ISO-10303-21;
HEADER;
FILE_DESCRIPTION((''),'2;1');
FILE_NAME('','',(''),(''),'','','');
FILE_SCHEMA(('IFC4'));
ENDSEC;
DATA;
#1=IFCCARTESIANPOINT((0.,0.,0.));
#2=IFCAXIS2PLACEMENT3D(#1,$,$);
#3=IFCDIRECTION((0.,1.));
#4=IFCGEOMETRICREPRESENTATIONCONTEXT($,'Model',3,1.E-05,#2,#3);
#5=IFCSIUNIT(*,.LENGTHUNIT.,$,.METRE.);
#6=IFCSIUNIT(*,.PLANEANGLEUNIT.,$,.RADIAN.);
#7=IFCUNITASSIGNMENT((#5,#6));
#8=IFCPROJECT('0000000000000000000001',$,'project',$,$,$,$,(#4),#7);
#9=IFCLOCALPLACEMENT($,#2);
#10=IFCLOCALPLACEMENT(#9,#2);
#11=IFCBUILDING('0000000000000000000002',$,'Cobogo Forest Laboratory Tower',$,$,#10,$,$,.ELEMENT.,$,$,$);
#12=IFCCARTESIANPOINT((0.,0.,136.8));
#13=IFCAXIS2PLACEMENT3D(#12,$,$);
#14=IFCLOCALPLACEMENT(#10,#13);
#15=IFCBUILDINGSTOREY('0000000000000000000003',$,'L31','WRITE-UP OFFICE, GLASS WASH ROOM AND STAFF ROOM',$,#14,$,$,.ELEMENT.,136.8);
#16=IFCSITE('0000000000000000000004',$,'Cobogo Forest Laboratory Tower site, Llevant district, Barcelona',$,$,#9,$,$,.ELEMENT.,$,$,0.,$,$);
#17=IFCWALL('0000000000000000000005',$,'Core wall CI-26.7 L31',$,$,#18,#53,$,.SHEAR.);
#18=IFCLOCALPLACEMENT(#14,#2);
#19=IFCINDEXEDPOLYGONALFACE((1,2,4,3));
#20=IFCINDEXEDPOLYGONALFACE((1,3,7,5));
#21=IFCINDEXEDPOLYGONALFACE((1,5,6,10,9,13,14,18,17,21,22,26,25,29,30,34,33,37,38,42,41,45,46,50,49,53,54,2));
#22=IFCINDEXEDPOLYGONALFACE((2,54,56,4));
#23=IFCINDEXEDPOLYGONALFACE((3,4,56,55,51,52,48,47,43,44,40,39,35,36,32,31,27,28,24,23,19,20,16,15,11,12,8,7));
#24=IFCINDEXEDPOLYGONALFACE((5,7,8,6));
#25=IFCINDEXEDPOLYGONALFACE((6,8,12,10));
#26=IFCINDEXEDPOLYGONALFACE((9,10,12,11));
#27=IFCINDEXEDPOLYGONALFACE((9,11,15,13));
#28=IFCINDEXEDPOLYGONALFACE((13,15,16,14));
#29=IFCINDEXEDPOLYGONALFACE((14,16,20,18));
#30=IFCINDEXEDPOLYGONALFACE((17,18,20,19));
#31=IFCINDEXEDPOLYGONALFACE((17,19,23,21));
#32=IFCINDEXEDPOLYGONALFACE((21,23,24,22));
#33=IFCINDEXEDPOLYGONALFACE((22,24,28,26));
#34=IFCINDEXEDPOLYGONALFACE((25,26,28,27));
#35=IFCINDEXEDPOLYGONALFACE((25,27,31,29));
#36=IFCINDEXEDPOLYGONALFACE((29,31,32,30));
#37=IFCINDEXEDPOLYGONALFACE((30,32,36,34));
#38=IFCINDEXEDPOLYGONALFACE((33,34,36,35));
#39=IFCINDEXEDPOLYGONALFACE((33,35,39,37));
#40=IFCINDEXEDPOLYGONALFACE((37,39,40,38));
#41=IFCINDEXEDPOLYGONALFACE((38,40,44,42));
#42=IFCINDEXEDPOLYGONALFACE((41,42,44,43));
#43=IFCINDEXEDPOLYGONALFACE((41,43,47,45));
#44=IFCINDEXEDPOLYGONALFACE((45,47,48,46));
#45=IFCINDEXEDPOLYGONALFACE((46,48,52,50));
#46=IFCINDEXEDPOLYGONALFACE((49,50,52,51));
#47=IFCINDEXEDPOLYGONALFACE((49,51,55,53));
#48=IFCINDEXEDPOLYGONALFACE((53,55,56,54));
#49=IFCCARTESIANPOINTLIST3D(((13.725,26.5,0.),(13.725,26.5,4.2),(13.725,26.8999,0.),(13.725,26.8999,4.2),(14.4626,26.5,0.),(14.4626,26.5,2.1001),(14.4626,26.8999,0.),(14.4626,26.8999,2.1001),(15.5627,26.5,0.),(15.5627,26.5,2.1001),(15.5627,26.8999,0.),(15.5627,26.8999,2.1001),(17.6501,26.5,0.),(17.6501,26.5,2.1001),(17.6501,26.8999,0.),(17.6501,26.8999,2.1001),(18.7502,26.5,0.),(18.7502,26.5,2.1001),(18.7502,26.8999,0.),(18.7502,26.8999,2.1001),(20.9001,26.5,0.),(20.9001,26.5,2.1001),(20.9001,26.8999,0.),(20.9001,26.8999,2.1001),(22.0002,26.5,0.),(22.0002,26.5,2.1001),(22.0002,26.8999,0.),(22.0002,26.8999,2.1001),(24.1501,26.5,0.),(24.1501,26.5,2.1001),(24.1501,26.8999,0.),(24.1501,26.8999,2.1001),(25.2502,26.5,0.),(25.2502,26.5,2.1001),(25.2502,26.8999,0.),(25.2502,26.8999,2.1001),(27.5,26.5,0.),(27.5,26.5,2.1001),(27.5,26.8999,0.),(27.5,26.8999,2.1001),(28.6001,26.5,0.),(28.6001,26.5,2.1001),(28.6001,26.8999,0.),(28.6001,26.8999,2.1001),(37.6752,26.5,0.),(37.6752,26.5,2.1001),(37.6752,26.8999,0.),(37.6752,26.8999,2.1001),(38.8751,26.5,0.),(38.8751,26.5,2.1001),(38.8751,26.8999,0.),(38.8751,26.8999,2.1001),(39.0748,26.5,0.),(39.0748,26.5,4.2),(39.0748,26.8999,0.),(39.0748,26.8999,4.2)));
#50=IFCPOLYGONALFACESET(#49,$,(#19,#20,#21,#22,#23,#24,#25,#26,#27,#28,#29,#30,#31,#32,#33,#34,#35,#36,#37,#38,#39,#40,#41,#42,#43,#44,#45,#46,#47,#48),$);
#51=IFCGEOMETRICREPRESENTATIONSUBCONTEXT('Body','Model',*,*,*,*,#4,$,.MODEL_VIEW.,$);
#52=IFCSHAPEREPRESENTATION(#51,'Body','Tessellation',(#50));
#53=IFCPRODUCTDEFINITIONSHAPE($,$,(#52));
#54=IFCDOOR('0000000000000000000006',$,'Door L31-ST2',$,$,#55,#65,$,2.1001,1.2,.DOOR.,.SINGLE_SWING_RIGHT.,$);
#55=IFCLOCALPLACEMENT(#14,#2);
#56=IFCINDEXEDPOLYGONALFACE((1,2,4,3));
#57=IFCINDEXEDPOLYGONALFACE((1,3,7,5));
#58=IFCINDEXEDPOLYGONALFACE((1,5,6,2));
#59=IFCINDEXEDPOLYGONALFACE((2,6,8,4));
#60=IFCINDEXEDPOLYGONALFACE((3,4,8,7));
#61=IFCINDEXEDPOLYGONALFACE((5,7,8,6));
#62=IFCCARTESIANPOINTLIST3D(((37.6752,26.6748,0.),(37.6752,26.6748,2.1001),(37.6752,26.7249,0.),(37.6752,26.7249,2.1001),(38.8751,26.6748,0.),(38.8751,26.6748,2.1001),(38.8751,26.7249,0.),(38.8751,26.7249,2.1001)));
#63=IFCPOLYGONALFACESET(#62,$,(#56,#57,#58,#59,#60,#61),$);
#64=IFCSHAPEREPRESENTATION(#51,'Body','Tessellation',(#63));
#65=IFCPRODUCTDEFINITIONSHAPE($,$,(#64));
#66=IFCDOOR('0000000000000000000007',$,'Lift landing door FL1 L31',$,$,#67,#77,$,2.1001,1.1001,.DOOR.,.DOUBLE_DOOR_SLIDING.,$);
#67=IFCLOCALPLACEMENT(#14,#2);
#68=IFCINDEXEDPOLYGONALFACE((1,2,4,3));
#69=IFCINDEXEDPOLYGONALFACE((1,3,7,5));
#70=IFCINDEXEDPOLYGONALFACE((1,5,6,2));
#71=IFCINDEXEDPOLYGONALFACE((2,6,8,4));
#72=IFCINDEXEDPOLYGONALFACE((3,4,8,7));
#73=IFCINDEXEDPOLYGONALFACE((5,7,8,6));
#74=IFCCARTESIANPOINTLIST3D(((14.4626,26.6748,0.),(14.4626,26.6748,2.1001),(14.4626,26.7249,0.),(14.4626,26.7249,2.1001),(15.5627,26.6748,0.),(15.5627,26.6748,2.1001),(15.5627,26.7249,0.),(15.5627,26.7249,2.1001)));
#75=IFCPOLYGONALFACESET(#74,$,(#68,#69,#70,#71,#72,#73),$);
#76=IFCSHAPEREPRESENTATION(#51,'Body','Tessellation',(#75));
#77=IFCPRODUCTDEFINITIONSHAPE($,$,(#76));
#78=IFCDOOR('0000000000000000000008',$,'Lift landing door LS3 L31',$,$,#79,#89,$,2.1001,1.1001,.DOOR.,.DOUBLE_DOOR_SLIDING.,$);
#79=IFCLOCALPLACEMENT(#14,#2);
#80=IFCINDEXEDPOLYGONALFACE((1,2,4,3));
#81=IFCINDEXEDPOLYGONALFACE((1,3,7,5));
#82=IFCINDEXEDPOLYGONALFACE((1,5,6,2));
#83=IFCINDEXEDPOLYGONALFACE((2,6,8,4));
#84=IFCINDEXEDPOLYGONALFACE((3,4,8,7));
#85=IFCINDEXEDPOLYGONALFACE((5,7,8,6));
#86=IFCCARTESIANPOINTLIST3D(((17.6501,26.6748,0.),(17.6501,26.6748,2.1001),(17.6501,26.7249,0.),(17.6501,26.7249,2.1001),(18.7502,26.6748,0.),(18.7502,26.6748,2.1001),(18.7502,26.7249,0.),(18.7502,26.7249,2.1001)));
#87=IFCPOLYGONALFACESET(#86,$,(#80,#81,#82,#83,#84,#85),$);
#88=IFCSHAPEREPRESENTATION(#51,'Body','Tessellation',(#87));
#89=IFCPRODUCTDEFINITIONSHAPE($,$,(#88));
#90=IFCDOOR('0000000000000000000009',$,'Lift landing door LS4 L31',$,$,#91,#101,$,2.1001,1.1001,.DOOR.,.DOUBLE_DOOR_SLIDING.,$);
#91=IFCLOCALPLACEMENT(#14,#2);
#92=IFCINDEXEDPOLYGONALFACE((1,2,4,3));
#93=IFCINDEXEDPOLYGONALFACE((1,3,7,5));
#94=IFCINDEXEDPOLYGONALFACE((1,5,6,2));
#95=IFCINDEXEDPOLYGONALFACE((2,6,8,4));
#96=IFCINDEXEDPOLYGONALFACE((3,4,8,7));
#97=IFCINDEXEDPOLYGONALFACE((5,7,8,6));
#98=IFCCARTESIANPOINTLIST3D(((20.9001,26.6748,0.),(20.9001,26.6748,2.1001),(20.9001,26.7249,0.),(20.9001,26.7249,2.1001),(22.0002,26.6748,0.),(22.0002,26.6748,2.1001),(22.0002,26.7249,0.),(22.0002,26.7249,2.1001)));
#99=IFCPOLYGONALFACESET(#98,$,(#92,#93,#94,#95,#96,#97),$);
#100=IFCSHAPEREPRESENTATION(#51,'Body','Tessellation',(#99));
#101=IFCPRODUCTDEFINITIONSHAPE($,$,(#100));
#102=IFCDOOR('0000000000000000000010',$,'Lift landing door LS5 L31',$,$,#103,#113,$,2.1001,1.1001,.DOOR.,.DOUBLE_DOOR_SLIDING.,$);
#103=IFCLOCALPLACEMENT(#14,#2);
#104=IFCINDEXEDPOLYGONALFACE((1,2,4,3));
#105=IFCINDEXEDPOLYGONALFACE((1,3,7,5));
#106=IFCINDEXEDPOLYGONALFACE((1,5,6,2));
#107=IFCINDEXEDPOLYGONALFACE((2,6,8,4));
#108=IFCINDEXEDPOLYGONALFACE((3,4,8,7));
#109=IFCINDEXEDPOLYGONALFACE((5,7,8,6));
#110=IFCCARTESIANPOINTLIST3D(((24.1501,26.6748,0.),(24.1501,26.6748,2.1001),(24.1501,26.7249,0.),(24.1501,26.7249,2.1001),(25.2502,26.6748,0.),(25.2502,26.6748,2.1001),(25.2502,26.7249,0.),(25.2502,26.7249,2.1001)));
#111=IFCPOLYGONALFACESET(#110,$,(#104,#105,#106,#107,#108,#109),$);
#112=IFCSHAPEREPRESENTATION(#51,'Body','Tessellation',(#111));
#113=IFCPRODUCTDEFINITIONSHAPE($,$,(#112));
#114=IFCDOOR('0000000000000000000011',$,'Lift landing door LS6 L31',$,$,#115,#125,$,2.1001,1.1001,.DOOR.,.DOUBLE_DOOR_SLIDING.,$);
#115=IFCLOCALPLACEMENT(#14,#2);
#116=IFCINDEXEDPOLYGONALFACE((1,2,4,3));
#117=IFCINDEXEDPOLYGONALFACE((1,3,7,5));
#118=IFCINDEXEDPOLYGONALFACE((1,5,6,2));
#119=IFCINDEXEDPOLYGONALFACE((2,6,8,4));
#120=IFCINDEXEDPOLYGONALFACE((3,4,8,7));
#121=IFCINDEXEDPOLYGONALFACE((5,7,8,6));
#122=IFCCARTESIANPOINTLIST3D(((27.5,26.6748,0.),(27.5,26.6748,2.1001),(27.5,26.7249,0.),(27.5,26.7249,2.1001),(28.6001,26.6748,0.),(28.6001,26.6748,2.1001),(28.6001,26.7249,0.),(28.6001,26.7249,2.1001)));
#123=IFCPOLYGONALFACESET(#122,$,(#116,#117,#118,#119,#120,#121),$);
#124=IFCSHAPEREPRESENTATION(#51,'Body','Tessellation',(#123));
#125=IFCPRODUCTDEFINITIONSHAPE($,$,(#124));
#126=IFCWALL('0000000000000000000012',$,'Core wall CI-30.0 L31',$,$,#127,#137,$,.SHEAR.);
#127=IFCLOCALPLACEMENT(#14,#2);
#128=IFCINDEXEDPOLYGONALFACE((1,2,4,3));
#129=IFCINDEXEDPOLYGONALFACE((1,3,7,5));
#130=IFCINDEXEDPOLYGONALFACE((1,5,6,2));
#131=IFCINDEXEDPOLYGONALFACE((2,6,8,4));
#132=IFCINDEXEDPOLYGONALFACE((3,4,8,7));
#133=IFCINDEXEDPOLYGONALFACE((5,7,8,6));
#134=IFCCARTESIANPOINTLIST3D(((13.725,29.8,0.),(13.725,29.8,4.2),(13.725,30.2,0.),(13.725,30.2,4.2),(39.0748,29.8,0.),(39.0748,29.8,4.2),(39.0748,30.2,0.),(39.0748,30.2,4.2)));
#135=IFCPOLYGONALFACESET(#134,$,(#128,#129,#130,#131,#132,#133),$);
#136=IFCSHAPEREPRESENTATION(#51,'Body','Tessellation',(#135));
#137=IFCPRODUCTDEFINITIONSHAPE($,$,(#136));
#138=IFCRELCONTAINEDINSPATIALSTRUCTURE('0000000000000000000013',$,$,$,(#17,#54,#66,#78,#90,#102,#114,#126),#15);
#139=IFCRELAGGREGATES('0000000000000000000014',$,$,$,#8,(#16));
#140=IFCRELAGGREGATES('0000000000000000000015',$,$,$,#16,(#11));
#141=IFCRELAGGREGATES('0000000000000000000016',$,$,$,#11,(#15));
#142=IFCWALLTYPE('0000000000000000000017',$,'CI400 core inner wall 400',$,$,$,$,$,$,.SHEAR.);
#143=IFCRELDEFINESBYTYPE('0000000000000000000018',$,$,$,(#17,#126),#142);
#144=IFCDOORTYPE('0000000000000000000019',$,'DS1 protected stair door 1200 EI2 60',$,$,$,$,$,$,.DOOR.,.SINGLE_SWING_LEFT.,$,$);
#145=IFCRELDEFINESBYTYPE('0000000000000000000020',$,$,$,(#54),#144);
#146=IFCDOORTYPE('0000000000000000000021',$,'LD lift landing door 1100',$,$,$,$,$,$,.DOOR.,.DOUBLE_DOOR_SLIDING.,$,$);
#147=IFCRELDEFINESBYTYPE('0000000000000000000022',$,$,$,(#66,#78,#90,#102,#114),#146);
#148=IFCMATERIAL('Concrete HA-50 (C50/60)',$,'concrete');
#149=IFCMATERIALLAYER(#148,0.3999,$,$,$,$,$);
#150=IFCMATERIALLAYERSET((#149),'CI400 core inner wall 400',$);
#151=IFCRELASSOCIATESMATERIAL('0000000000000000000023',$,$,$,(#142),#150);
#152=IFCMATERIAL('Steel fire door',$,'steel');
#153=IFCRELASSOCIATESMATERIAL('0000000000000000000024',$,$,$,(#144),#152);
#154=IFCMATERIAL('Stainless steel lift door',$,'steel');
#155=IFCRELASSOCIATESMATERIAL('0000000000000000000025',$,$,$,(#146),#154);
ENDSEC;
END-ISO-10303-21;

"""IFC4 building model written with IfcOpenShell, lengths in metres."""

from ifc_helpers import new_model, si_unit, direction, frame, frame_2d, origin, place, context, subcontext, project, spatial, rectangle, extrude, material, layer, layer_set, type_object, element, fill, save


model = new_model("IFC4")

# Units and contexts
model_context = context("Model", 3, precision=1e-05, world=origin(), true_north=direction((0.0, 1.0)))
body_context = subcontext(model_context, "Body", "Model", "MODEL_VIEW")
ifc_project = project(units=[si_unit("LENGTHUNIT", "METRE"), si_unit("PLANEANGLEUNIT", "RADIAN")], contexts=[model_context])

# Site, building, storey
site_placement = place(None, origin())
site = spatial("IfcSite", under=ifc_project, at=site_placement, Name="Cobogo Forest Laboratory Tower site, Llevant district, Barcelona", CompositionType="ELEMENT", RefElevation=0.0)
building_placement = place(site_placement, origin())
building = spatial("IfcBuilding", under=site, at=building_placement, Name="Cobogo Forest Laboratory Tower", CompositionType="ELEMENT")
storey_placement = place(building_placement, frame((0.0, 0.0, 136.8)))
storey = spatial("IfcBuildingStorey", under=building, at=storey_placement, Name="L31", Description="WRITE-UP OFFICE, GLASS WASH ROOM AND STAFF ROOM", CompositionType="ELEMENT", Elevation=136.8)

# Shared definitions
ifc_material_1 = material(Name="Concrete HA-50 (C50/60)", Category="concrete")

# Wall, openings, doors
ifc_layer_1 = layer(ifc_material_1, 0.3999)
ifc_layer_set_1 = layer_set([ifc_layer_1], Name="CI400 core inner wall 400")
wall_type_1 = type_object("IfcWallType", Name="CI400 core inner wall 400", PredefinedType="SHEAR", material=ifc_layer_set_1)
wall_1_placement = place(storey_placement, frame((13.7251, 26.7, 0.0), z_axis=(0.0, 0.0, 1.0), x_axis=(1.0, 0.0, 0.0)))
wall_1 = element("IfcWall", 1, at=wall_1_placement, inside=storey, type_object=wall_type_1, Name="Core wall CI-26.7 L31", PredefinedType="SHEAR", context=body_context, shape_type="SweptSolid", body=[
    extrude(rectangle(XDim=25.3499, YDim=0.3999, at=frame_2d((12.6748, 0.0))), origin(), (0.0, 0.0, 1.0), 4.2),
])
opening_1_placement = place(wall_1_placement, frame((23.95, 0.0, 0.0)))
opening_1 = element("IfcOpeningElement", 2, at=opening_1_placement, cuts=wall_1, PredefinedType="OPENING", context=body_context, shape_type="SweptSolid", body=[
    extrude(rectangle(XDim=1.2, YDim=2.1001, at=frame_2d((0.6001, 1.05))), frame((0.0, 0.21, 0.0), z_axis=(0.0, -1.0, 0.0), x_axis=(1.0, 0.0, 0.0)), (0.0, 0.0, 1.0), 0.4199),
])
opening_2_placement = place(wall_1_placement, frame((0.7375, 0.0, 0.0)))
opening_2 = element("IfcOpeningElement", 3, at=opening_2_placement, cuts=wall_1, PredefinedType="OPENING", context=body_context, shape_type="SweptSolid", body=[
    extrude(rectangle(XDim=1.1001, YDim=2.1001, at=frame_2d((0.55, 1.05))), frame((0.0, 0.21, 0.0), z_axis=(0.0, -1.0, 0.0), x_axis=(1.0, 0.0, 0.0)), (0.0, 0.0, 1.0), 0.4199),
])
opening_3_placement = place(wall_1_placement, frame((3.925, 0.0, 0.0)))
opening_3 = element("IfcOpeningElement", 4, at=opening_3_placement, cuts=wall_1, PredefinedType="OPENING", context=body_context, shape_type="SweptSolid", body=[
    extrude(rectangle(XDim=1.1001, YDim=2.1001, at=frame_2d((0.55, 1.05))), frame((0.0, 0.21, 0.0), z_axis=(0.0, -1.0, 0.0), x_axis=(1.0, 0.0, 0.0)), (0.0, 0.0, 1.0), 0.4199),
])
opening_4_placement = place(wall_1_placement, frame((7.175, 0.0, 0.0)))
opening_4 = element("IfcOpeningElement", 5, at=opening_4_placement, cuts=wall_1, PredefinedType="OPENING", context=body_context, shape_type="SweptSolid", body=[
    extrude(rectangle(XDim=1.1001, YDim=2.1001, at=frame_2d((0.55, 1.05))), frame((0.0, 0.21, 0.0), z_axis=(0.0, -1.0, 0.0), x_axis=(1.0, 0.0, 0.0)), (0.0, 0.0, 1.0), 0.4199),
])
opening_5_placement = place(wall_1_placement, frame((10.425, 0.0, 0.0)))
opening_5 = element("IfcOpeningElement", 6, at=opening_5_placement, cuts=wall_1, PredefinedType="OPENING", context=body_context, shape_type="SweptSolid", body=[
    extrude(rectangle(XDim=1.1001, YDim=2.1001, at=frame_2d((0.55, 1.05))), frame((0.0, 0.21, 0.0), z_axis=(0.0, -1.0, 0.0), x_axis=(1.0, 0.0, 0.0)), (0.0, 0.0, 1.0), 0.4199),
])
opening_6_placement = place(wall_1_placement, frame((13.7749, 0.0, 0.0)))
opening_6 = element("IfcOpeningElement", 7, at=opening_6_placement, cuts=wall_1, PredefinedType="OPENING", context=body_context, shape_type="SweptSolid", body=[
    extrude(rectangle(XDim=1.1001, YDim=2.1001, at=frame_2d((0.55, 1.05))), frame((0.0, 0.21, 0.0), z_axis=(0.0, -1.0, 0.0), x_axis=(1.0, 0.0, 0.0)), (0.0, 0.0, 1.0), 0.4199),
])
ifc_material_2 = material(Name="Steel fire door", Category="steel")
door_type_1 = type_object("IfcDoorType", Name="DS1 protected stair door 1200 EI2 60", OperationType="SINGLE_SWING_LEFT", PredefinedType="DOOR", material=ifc_material_2)
door_1_placement = place(opening_1_placement, origin())
door_1 = element("IfcDoor", 8, at=door_1_placement, inside=storey, type_object=door_type_1, Name="Door L31-ST2", OperationType="SINGLE_SWING_RIGHT", OverallHeight=2.1001, OverallWidth=1.2, PredefinedType="DOOR", context=body_context, shape_type="SweptSolid", body=[
    extrude(rectangle(XDim=1.2, YDim=2.1001, at=frame_2d((0.6001, 1.05))), frame((0.0, 0.0249, 0.0), z_axis=(0.0, -1.0, 0.0), x_axis=(1.0, 0.0, 0.0)), (0.0, 0.0, 1.0), 0.05),
])
fill(opening_1, door_1)
ifc_material_3 = material(Name="Stainless steel lift door", Category="steel")
door_type_2 = type_object("IfcDoorType", Name="LD lift landing door 1100", OperationType="DOUBLE_DOOR_SLIDING", PredefinedType="DOOR", material=ifc_material_3)
door_2_placement = place(opening_2_placement, origin())
door_2 = element("IfcDoor", 9, at=door_2_placement, inside=storey, type_object=door_type_2, Name="Lift landing door FL1 L31", OperationType="DOUBLE_DOOR_SLIDING", OverallHeight=2.1001, OverallWidth=1.1001, PredefinedType="DOOR", context=body_context, shape_type="SweptSolid", body=[
    extrude(rectangle(XDim=1.1001, YDim=2.1001, at=frame_2d((0.55, 1.05))), frame((0.0, 0.0249, 0.0), z_axis=(0.0, -1.0, 0.0), x_axis=(1.0, 0.0, 0.0)), (0.0, 0.0, 1.0), 0.05),
])
fill(opening_2, door_2)
door_3_placement = place(opening_3_placement, origin())
door_3 = element("IfcDoor", 10, at=door_3_placement, inside=storey, type_object=door_type_2, Name="Lift landing door LS3 L31", OperationType="DOUBLE_DOOR_SLIDING", OverallHeight=2.1001, OverallWidth=1.1001, PredefinedType="DOOR", context=body_context, shape_type="SweptSolid", body=[
    extrude(rectangle(XDim=1.1001, YDim=2.1001, at=frame_2d((0.55, 1.05))), frame((0.0, 0.0249, 0.0), z_axis=(0.0, -1.0, 0.0), x_axis=(1.0, 0.0, 0.0)), (0.0, 0.0, 1.0), 0.05),
])
fill(opening_3, door_3)
door_4_placement = place(opening_4_placement, origin())
door_4 = element("IfcDoor", 11, at=door_4_placement, inside=storey, type_object=door_type_2, Name="Lift landing door LS4 L31", OperationType="DOUBLE_DOOR_SLIDING", OverallHeight=2.1001, OverallWidth=1.1001, PredefinedType="DOOR", context=body_context, shape_type="SweptSolid", body=[
    extrude(rectangle(XDim=1.1001, YDim=2.1001, at=frame_2d((0.55, 1.05))), frame((0.0, 0.0249, 0.0), z_axis=(0.0, -1.0, 0.0), x_axis=(1.0, 0.0, 0.0)), (0.0, 0.0, 1.0), 0.05),
])
fill(opening_4, door_4)
door_5_placement = place(opening_5_placement, origin())
door_5 = element("IfcDoor", 12, at=door_5_placement, inside=storey, type_object=door_type_2, Name="Lift landing door LS5 L31", OperationType="DOUBLE_DOOR_SLIDING", OverallHeight=2.1001, OverallWidth=1.1001, PredefinedType="DOOR", context=body_context, shape_type="SweptSolid", body=[
    extrude(rectangle(XDim=1.1001, YDim=2.1001, at=frame_2d((0.55, 1.05))), frame((0.0, 0.0249, 0.0), z_axis=(0.0, -1.0, 0.0), x_axis=(1.0, 0.0, 0.0)), (0.0, 0.0, 1.0), 0.05),
])
fill(opening_5, door_5)
door_6_placement = place(opening_6_placement, origin())
door_6 = element("IfcDoor", 13, at=door_6_placement, inside=storey, type_object=door_type_2, Name="Lift landing door LS6 L31", OperationType="DOUBLE_DOOR_SLIDING", OverallHeight=2.1001, OverallWidth=1.1001, PredefinedType="DOOR", context=body_context, shape_type="SweptSolid", body=[
    extrude(rectangle(XDim=1.1001, YDim=2.1001, at=frame_2d((0.55, 1.05))), frame((0.0, 0.0249, 0.0), z_axis=(0.0, -1.0, 0.0), x_axis=(1.0, 0.0, 0.0)), (0.0, 0.0, 1.0), 0.05),
])
fill(opening_6, door_6)

# Wall
wall_2_placement = place(storey_placement, frame((13.7251, 30.0, 0.0), z_axis=(0.0, 0.0, 1.0), x_axis=(1.0, 0.0, 0.0)))
element("IfcWall", 14, at=wall_2_placement, inside=storey, type_object=wall_type_1, Name="Core wall CI-30.0 L31", PredefinedType="SHEAR", context=body_context, shape_type="SweptSolid", body=[
    extrude(rectangle(XDim=25.3499, YDim=0.3999, at=frame_2d((12.6748, 0.0))), origin(), (0.0, 0.0, 1.0), 4.2),
])

save(model, "model.ifc")
